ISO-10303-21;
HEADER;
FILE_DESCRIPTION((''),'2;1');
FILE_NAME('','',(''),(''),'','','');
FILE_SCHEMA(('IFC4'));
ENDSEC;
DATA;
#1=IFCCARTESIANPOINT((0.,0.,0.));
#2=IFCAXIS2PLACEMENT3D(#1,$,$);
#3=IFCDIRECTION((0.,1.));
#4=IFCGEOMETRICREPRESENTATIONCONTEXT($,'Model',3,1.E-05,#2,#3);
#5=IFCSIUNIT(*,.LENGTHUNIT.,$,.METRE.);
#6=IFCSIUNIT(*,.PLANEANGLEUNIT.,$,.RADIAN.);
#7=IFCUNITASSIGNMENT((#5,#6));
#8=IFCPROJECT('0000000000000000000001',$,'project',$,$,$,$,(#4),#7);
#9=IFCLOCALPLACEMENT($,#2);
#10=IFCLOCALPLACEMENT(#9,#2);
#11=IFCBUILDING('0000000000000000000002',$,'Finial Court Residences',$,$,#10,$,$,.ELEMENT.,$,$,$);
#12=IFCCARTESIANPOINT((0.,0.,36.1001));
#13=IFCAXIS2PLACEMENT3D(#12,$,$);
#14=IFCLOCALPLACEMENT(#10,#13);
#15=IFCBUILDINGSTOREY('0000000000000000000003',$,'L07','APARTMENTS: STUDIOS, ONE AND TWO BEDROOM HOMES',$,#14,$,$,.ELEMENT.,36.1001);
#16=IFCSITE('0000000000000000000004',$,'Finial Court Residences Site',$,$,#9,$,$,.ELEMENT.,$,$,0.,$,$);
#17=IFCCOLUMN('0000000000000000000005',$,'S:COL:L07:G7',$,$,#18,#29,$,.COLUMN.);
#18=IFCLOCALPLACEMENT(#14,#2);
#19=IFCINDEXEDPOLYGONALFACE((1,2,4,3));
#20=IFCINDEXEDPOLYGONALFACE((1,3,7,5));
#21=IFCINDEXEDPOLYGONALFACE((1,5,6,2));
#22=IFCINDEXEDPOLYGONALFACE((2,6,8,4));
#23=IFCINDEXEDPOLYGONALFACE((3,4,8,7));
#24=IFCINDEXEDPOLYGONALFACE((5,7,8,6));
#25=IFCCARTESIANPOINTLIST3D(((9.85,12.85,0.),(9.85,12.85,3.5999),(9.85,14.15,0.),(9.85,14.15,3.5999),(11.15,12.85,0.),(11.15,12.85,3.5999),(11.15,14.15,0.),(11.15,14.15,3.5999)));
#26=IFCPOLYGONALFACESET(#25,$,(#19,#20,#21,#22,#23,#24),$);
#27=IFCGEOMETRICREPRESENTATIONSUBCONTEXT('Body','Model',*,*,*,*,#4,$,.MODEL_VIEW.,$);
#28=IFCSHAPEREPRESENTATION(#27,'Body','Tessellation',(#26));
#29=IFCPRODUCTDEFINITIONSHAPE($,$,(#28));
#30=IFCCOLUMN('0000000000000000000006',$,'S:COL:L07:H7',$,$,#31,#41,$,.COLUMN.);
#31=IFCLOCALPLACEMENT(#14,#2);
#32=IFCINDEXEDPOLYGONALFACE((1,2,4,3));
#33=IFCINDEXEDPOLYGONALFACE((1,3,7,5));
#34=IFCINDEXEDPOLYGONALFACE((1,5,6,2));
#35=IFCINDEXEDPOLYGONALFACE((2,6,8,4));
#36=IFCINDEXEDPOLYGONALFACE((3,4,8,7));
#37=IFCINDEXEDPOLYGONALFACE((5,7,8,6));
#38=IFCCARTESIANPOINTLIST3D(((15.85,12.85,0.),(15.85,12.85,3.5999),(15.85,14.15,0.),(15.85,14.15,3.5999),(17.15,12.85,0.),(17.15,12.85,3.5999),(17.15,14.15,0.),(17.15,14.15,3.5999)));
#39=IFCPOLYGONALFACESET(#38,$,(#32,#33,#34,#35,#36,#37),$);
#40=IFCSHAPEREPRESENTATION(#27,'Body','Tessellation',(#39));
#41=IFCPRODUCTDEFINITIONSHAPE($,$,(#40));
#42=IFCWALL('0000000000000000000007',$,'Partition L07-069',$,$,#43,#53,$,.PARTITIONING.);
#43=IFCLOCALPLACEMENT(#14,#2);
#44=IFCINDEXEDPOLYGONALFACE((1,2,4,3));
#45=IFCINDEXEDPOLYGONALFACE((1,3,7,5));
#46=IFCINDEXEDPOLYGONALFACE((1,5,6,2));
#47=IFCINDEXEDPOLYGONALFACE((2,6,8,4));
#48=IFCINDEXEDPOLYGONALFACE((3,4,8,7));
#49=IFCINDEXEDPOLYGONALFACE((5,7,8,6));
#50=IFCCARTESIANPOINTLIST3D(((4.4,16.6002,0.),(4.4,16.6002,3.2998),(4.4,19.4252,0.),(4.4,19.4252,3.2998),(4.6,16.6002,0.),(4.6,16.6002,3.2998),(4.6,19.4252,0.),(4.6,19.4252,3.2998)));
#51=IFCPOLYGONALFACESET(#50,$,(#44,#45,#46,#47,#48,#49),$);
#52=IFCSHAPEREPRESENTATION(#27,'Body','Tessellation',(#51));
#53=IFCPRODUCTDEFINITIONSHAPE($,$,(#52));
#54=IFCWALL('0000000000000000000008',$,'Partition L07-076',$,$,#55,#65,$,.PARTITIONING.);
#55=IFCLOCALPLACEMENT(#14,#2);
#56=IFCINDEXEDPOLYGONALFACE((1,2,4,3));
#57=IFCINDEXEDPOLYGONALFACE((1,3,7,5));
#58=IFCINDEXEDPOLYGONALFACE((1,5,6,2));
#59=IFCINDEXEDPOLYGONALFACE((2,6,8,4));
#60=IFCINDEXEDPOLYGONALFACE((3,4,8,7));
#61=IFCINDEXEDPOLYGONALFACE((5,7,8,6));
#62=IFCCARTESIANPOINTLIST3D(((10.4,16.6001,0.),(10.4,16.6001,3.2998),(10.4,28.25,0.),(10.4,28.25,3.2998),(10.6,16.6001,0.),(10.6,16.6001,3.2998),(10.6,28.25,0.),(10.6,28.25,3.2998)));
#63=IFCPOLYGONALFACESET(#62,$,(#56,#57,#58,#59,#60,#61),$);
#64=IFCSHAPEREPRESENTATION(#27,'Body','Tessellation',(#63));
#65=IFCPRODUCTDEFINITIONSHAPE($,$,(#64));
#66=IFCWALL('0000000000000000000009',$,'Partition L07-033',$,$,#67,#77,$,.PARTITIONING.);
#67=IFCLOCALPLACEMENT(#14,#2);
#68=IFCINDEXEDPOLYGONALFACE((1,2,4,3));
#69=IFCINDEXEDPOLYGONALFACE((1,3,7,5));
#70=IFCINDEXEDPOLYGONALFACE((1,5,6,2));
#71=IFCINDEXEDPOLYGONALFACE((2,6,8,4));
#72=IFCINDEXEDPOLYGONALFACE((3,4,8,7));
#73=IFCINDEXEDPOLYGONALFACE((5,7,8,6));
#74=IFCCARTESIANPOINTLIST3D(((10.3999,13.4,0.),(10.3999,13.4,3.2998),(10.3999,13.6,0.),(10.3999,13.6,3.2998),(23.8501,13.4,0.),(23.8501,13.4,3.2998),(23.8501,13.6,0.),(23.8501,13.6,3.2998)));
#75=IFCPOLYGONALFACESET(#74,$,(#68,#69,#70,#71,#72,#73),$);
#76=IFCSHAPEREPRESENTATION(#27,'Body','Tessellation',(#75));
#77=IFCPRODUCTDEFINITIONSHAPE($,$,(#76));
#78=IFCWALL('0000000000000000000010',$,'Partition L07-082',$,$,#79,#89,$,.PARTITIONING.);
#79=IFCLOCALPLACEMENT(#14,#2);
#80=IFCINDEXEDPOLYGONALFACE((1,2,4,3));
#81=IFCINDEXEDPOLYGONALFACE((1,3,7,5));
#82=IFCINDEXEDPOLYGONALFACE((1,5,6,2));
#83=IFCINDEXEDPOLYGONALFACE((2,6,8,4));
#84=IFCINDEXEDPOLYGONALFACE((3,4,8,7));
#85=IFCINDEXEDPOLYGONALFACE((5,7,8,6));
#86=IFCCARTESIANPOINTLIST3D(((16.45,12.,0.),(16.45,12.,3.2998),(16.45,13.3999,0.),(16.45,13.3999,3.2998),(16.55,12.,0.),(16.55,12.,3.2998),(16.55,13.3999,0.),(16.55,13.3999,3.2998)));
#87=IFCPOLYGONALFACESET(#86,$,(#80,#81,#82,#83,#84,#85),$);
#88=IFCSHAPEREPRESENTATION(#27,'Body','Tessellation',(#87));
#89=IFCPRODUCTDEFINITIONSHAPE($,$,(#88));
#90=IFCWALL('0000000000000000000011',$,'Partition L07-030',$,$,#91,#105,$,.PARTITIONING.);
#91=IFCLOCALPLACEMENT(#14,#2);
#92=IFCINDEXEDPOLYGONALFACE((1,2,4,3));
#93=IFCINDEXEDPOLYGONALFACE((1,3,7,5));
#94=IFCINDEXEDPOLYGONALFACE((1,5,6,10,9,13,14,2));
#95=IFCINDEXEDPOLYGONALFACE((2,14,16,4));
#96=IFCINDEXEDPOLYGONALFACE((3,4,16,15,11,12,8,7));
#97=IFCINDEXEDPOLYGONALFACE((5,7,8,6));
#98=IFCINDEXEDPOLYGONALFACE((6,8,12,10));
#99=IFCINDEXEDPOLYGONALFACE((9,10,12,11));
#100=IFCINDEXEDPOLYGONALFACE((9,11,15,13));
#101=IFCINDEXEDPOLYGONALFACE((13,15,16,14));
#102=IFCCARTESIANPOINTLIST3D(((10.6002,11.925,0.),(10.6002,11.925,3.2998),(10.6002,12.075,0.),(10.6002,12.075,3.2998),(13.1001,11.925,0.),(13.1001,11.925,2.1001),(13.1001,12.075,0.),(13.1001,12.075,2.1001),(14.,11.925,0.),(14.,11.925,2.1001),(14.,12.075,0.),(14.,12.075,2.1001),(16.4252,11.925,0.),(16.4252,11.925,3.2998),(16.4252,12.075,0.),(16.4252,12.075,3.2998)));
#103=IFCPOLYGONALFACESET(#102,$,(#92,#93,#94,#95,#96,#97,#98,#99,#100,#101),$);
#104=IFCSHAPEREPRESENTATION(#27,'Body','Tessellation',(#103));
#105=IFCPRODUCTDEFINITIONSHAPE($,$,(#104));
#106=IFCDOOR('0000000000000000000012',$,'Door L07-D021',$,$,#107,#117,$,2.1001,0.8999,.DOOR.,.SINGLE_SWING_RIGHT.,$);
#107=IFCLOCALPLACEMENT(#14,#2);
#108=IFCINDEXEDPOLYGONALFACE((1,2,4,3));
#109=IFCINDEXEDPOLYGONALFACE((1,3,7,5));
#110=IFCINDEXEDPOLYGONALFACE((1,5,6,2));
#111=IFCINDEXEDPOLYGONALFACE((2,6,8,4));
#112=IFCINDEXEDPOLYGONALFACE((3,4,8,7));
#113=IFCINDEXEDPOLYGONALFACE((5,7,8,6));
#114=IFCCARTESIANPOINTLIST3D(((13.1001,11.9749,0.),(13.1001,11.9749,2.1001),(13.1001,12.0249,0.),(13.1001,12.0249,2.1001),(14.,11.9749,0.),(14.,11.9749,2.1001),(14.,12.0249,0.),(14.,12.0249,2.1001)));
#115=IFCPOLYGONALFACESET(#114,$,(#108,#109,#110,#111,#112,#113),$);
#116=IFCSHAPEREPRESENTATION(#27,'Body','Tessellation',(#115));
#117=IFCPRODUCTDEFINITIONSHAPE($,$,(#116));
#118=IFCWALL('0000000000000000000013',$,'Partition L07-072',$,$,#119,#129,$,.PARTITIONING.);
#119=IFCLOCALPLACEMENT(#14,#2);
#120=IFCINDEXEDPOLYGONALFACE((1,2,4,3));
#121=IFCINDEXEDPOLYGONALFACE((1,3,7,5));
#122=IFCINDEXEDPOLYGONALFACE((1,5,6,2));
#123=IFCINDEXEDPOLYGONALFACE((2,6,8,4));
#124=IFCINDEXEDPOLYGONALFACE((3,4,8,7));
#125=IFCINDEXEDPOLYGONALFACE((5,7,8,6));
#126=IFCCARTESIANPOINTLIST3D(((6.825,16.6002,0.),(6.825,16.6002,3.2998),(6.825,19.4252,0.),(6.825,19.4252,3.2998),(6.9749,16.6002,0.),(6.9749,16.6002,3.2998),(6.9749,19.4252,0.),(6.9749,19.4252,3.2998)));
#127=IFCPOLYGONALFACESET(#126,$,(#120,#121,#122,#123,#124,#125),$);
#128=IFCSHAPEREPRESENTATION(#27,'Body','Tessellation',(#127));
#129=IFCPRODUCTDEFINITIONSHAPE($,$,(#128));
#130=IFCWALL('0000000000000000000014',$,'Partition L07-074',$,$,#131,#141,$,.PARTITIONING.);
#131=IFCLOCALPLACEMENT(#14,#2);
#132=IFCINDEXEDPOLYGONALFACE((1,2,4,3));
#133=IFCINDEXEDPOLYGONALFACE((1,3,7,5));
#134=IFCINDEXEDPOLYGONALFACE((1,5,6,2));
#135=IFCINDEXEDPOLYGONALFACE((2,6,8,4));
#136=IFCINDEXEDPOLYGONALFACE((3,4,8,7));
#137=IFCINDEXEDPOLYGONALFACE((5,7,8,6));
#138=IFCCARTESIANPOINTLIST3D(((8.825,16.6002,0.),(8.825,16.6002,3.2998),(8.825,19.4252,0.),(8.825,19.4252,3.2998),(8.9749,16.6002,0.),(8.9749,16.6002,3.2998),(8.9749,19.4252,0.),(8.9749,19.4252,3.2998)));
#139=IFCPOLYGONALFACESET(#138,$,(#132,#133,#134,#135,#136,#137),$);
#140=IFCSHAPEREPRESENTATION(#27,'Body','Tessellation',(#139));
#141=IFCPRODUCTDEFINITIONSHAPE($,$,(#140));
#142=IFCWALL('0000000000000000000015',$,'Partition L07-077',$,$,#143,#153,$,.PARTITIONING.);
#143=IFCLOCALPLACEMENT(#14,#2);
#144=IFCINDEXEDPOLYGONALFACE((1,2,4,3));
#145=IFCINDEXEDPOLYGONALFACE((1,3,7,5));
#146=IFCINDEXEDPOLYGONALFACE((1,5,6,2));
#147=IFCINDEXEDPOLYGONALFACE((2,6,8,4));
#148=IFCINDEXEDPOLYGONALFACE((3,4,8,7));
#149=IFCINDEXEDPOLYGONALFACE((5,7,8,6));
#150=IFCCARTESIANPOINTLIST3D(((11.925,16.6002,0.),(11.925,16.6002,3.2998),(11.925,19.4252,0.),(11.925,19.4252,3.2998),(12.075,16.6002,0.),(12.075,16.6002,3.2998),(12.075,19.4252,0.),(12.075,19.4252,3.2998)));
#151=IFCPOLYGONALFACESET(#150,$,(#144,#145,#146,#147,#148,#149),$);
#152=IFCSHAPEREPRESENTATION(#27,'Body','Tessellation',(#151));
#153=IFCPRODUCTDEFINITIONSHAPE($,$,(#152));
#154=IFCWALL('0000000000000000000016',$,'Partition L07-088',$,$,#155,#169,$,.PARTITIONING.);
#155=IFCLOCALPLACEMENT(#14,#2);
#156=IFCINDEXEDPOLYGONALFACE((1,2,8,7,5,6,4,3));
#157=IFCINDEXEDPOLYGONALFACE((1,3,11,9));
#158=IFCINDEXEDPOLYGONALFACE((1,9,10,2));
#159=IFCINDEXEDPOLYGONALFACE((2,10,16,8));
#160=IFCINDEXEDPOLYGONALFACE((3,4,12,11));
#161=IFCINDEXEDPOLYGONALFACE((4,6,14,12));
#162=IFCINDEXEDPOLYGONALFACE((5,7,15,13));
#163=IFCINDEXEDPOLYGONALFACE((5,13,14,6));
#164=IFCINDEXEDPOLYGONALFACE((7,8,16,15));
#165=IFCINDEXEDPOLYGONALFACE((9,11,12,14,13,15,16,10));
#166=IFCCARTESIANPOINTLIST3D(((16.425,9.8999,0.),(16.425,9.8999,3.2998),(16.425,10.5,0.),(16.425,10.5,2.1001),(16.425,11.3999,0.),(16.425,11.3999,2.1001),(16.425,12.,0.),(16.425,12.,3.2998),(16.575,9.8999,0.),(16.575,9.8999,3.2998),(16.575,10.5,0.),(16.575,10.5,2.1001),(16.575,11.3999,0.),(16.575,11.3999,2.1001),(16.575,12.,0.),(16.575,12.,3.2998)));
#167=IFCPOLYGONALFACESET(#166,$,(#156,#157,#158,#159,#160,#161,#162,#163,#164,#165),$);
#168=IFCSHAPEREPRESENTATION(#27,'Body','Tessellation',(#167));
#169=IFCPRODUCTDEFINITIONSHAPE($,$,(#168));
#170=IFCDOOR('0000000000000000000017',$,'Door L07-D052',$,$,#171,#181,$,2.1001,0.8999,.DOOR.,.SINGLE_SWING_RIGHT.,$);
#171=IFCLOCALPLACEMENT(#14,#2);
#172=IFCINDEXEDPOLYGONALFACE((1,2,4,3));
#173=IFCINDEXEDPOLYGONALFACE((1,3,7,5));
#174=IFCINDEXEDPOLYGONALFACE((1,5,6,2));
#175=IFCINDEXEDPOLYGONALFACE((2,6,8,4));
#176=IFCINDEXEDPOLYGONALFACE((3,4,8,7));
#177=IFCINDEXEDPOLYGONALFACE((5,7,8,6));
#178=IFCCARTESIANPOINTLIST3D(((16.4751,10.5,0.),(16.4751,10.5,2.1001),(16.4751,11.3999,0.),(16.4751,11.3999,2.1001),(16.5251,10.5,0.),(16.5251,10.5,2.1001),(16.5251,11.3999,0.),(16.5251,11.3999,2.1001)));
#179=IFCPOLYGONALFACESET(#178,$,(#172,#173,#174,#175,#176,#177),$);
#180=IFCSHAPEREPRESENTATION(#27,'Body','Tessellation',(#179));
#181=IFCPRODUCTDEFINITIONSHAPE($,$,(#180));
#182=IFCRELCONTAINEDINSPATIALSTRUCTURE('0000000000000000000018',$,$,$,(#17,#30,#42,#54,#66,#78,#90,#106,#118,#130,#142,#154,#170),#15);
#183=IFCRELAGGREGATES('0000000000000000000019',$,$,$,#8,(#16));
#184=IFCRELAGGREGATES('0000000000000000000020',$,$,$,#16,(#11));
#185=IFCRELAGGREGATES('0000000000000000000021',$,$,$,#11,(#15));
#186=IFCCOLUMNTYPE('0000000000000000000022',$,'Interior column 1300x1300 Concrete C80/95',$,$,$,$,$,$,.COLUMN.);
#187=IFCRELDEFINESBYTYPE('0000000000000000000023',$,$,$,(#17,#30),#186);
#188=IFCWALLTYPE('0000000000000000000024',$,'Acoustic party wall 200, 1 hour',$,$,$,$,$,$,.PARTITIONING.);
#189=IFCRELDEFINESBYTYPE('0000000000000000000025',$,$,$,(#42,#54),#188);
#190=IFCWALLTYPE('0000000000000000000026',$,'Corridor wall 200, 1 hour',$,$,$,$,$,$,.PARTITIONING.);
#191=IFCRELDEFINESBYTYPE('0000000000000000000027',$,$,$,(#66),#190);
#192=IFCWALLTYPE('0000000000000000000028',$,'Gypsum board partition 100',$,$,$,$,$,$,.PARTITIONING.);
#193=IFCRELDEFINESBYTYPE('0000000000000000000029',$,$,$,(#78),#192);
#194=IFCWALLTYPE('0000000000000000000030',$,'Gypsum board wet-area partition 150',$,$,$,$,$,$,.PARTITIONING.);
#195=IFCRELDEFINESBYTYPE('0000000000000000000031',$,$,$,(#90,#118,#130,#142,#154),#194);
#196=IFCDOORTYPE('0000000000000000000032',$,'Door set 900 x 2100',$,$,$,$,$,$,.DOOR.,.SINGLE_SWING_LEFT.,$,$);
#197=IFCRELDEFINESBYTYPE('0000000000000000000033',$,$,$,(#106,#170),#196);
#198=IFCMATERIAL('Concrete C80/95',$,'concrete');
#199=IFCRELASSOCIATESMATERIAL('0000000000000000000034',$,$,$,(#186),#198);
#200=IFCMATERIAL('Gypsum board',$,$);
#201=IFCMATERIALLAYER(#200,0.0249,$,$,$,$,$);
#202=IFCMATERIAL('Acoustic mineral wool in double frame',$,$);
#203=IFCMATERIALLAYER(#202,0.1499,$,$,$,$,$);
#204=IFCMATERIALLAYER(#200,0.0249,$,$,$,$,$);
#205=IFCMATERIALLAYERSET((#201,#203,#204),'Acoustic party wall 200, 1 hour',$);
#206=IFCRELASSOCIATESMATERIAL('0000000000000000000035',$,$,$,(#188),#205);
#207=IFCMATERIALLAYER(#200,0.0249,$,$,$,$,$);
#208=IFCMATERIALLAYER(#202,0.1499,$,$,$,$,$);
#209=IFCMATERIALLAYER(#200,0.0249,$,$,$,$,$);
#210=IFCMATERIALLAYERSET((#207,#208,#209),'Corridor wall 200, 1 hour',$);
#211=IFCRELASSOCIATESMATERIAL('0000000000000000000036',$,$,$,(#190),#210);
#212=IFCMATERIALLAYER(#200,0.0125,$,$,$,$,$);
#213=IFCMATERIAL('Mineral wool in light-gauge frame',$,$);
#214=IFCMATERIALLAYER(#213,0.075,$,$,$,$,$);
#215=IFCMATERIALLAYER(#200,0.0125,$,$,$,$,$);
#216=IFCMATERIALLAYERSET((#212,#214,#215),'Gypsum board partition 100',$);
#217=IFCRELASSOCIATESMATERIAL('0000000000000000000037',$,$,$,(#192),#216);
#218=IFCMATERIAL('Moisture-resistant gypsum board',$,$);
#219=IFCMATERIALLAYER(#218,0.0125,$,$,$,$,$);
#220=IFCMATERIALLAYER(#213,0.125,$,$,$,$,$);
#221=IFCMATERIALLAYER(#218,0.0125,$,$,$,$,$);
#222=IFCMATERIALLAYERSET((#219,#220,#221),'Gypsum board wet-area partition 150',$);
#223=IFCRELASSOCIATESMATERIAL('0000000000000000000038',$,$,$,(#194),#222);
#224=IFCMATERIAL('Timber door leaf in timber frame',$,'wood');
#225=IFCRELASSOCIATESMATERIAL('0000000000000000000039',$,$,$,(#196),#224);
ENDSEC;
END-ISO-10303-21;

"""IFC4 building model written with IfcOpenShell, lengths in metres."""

from ifc_helpers import new_model, si_unit, direction, frame, frame_2d, origin, origin_2d, place, context, subcontext, project, spatial, rectangle, extrude, material, layer, layer_set, material_profile, profile_set, type_object, element, fill, save


model = new_model("IFC4")

# Units and contexts
model_context = context("Model", 3, precision=1e-05, world=origin(), true_north=direction((0.0, 1.0)))
body_context = subcontext(model_context, "Body", "Model", "MODEL_VIEW")
ifc_project = project(units=[si_unit("LENGTHUNIT", "METRE"), si_unit("PLANEANGLEUNIT", "RADIAN")], contexts=[model_context])

# Site, building, storey
site_placement = place(None, origin())
site = spatial("IfcSite", under=ifc_project, at=site_placement, Name="Finial Court Residences Site", CompositionType="ELEMENT", RefElevation=0.0)
building_placement = place(site_placement, origin())
building = spatial("IfcBuilding", under=site, at=building_placement, Name="Finial Court Residences", CompositionType="ELEMENT")
storey_placement = place(building_placement, frame((0.0, 0.0, 36.1001)))
storey = spatial("IfcBuildingStorey", under=building, at=storey_placement, Name="L07", Description="APARTMENTS: STUDIOS, ONE AND TWO BEDROOM HOMES", CompositionType="ELEMENT", Elevation=36.1001)

# Columns
ifc_material_1 = material(Name="Concrete C80/95", Category="concrete")
ifc_material_profile = material_profile(ifc_material_1, rectangle(XDim=1.3, YDim=1.3, at=origin_2d()), Name="1300x1300")
ifc_profile_set = profile_set([ifc_material_profile], Name="Concrete C80/95")
column_type = type_object("IfcColumnType", Name="Interior column 1300x1300 Concrete C80/95", PredefinedType="COLUMN", material=ifc_profile_set)
for number, where, z_axis, x_axis, name in (
    (1, (10.5, 13.5, 0.0), (0.0, 0.0, 1.0), (1.0, 0.0, 0.0), "S:COL:L07:G7"),
    (2, (16.5, 13.5, 0.0), (0.0, 0.0, 1.0), (1.0, 0.0, 0.0), "S:COL:L07:H7"),
):
    element("IfcColumn", number, at=place(storey_placement, frame(where, z_axis=z_axis, x_axis=x_axis)), inside=storey, type_object=column_type, Name=name, PredefinedType="COLUMN", context=body_context, shape_type="SweptSolid", body=[
        extrude(rectangle(XDim=1.3, YDim=1.3, at=origin_2d()), origin(), (0.0, 0.0, 1.0), 3.5999),
    ])

# Walls
ifc_material_2 = material(Name="Gypsum board")
ifc_layer_1 = layer(ifc_material_2, 0.0249)
ifc_material_3 = material(Name="Acoustic mineral wool in double frame")
ifc_layer_2 = layer(ifc_material_3, 0.1499)
ifc_layer_3 = layer(ifc_material_2, 0.0249)
ifc_layer_set_1 = layer_set([ifc_layer_1, ifc_layer_2, ifc_layer_3], Name="Acoustic party wall 200, 1 hour")
wall_type_1 = type_object("IfcWallType", Name="Acoustic party wall 200, 1 hour", PredefinedType="PARTITIONING", material=ifc_layer_set_1)
wall_1_placement = place(storey_placement, frame((4.5, 16.6001, 0.0), z_axis=(0.0, 0.0, 1.0), x_axis=(0.0, 1.0, 0.0)))
element("IfcWall", 3, at=wall_1_placement, inside=storey, type_object=wall_type_1, Name="Partition L07-069", PredefinedType="PARTITIONING", context=body_context, shape_type="SweptSolid", body=[
    extrude(rectangle(XDim=2.825, YDim=0.2, at=frame_2d((1.4126, 0.0))), origin(), (0.0, 0.0, 1.0), 3.2998),
])
wall_2_placement = place(storey_placement, frame((10.5, 16.6001, 0.0), z_axis=(0.0, 0.0, 1.0), x_axis=(0.0, 1.0, 0.0)))
element("IfcWall", 4, at=wall_2_placement, inside=storey, type_object=wall_type_1, Name="Partition L07-076", PredefinedType="PARTITIONING", context=body_context, shape_type="SweptSolid", body=[
    extrude(rectangle(XDim=11.6499, YDim=0.2, at=frame_2d((5.825, 0.0))), origin(), (0.0, 0.0, 1.0), 3.2998),
])
ifc_layer_4 = layer(ifc_material_2, 0.0249)
ifc_layer_5 = layer(ifc_material_3, 0.1499)
ifc_layer_6 = layer(ifc_material_2, 0.0249)
ifc_layer_set_2 = layer_set([ifc_layer_4, ifc_layer_5, ifc_layer_6], Name="Corridor wall 200, 1 hour")
wall_type_2 = type_object("IfcWallType", Name="Corridor wall 200, 1 hour", PredefinedType="PARTITIONING", material=ifc_layer_set_2)
wall_3_placement = place(storey_placement, frame((10.3999, 13.5, 0.0), z_axis=(0.0, 0.0, 1.0), x_axis=(1.0, 0.0, 0.0)))
element("IfcWall", 5, at=wall_3_placement, inside=storey, type_object=wall_type_2, Name="Partition L07-033", PredefinedType="PARTITIONING", context=body_context, shape_type="SweptSolid", body=[
    extrude(rectangle(XDim=13.4502, YDim=0.2, at=frame_2d((6.7251, 0.0))), origin(), (0.0, 0.0, 1.0), 3.2998),
])
ifc_layer_7 = layer(ifc_material_2, 0.0125)
ifc_material_4 = material(Name="Mineral wool in light-gauge frame")
ifc_layer_8 = layer(ifc_material_4, 0.075)
ifc_layer_9 = layer(ifc_material_2, 0.0125)
ifc_layer_set_3 = layer_set([ifc_layer_7, ifc_layer_8, ifc_layer_9], Name="Gypsum board partition 100")
wall_type_3 = type_object("IfcWallType", Name="Gypsum board partition 100", PredefinedType="PARTITIONING", material=ifc_layer_set_3)
wall_4_placement = place(storey_placement, frame((16.5, 12.0, 0.0), z_axis=(0.0, 0.0, 1.0), x_axis=(0.0, 1.0, 0.0)))
element("IfcWall", 6, at=wall_4_placement, inside=storey, type_object=wall_type_3, Name="Partition L07-082", PredefinedType="PARTITIONING", context=body_context, shape_type="SweptSolid", body=[
    extrude(rectangle(XDim=1.3999, YDim=0.1001, at=frame_2d((0.7, 0.0))), origin(), (0.0, 0.0, 1.0), 3.2998),
])

# Wall, opening, door
ifc_material_5 = material(Name="Moisture-resistant gypsum board")
ifc_layer_10 = layer(ifc_material_5, 0.0125)
ifc_layer_11 = layer(ifc_material_4, 0.125)
ifc_layer_12 = layer(ifc_material_5, 0.0125)
ifc_layer_set_4 = layer_set([ifc_layer_10, ifc_layer_11, ifc_layer_12], Name="Gypsum board wet-area partition 150")
wall_type_4 = type_object("IfcWallType", Name="Gypsum board wet-area partition 150", PredefinedType="PARTITIONING", material=ifc_layer_set_4)
wall_5_placement = place(storey_placement, frame((10.6001, 12.0, 0.0), z_axis=(0.0, 0.0, 1.0), x_axis=(1.0, 0.0, 0.0)))
wall_5 = element("IfcWall", 7, at=wall_5_placement, inside=storey, type_object=wall_type_4, Name="Partition L07-030", PredefinedType="PARTITIONING", context=body_context, shape_type="SweptSolid", body=[
    extrude(rectangle(XDim=5.825, YDim=0.1499, at=frame_2d((2.9126, 0.0))), origin(), (0.0, 0.0, 1.0), 3.2998),
])
opening_1_placement = place(wall_5_placement, frame((2.5, 0.0, 0.0)))
opening_1 = element("IfcOpeningElement", 8, at=opening_1_placement, cuts=wall_5, PredefinedType="OPENING", context=body_context, shape_type="SweptSolid", body=[
    extrude(rectangle(XDim=0.8999, YDim=2.1001, at=frame_2d((0.45, 1.05))), frame((0.0, 0.085, 0.0), z_axis=(0.0, -1.0, 0.0), x_axis=(1.0, 0.0, 0.0)), (0.0, 0.0, 1.0), 0.1699),
])
ifc_material_6 = material(Name="Timber door leaf in timber frame", Category="wood")
door_type = type_object("IfcDoorType", Name="Door set 900 x 2100", OperationType="SINGLE_SWING_LEFT", PredefinedType="DOOR", material=ifc_material_6)
door_1_placement = place(opening_1_placement, origin())
door_1 = element("IfcDoor", 9, at=door_1_placement, inside=storey, type_object=door_type, Name="Door L07-D021", OperationType="SINGLE_SWING_RIGHT", OverallHeight=2.1001, OverallWidth=0.8999, PredefinedType="DOOR", context=body_context, shape_type="SweptSolid", body=[
    extrude(rectangle(XDim=0.8999, YDim=2.1001, at=frame_2d((0.45, 1.05))), frame((0.0, 0.0249, 0.0), z_axis=(0.0, -1.0, 0.0), x_axis=(1.0, 0.0, 0.0)), (0.0, 0.0, 1.0), 0.05),
])
fill(opening_1, door_1)

# Walls
for number, where, z_axis, x_axis, name in (
    (10, (6.8999, 16.6001, 0.0), (0.0, 0.0, 1.0), (0.0, 1.0, 0.0), "Partition L07-072"),
    (11, (8.8999, 16.6001, 0.0), (0.0, 0.0, 1.0), (0.0, 1.0, 0.0), "Partition L07-074"),
    (12, (12.0, 16.6001, 0.0), (0.0, 0.0, 1.0), (0.0, 1.0, 0.0), "Partition L07-077"),
):
    element("IfcWall", number, at=place(storey_placement, frame(where, z_axis=z_axis, x_axis=x_axis)), inside=storey, type_object=wall_type_4, Name=name, PredefinedType="PARTITIONING", context=body_context, shape_type="SweptSolid", body=[
        extrude(rectangle(XDim=2.825, YDim=0.1499, at=frame_2d((1.4126, 0.0))), origin(), (0.0, 0.0, 1.0), 3.2998),
    ])

# Wall, opening, door
wall_6_placement = place(storey_placement, frame((16.5, 9.8999, 0.0), z_axis=(0.0, 0.0, 1.0), x_axis=(0.0, 1.0, 0.0)))
wall_6 = element("IfcWall", 13, at=wall_6_placement, inside=storey, type_object=wall_type_4, Name="Partition L07-088", PredefinedType="PARTITIONING", context=body_context, shape_type="SweptSolid", body=[
    extrude(rectangle(XDim=2.1001, YDim=0.1499, at=frame_2d((1.05, 0.0))), origin(), (0.0, 0.0, 1.0), 3.2998),
])
opening_2_placement = place(wall_6_placement, frame((0.6001, 0.0, 0.0)))
opening_2 = element("IfcOpeningElement", 14, at=opening_2_placement, cuts=wall_6, PredefinedType="OPENING", context=body_context, shape_type="SweptSolid", body=[
    extrude(rectangle(XDim=0.8999, YDim=2.1001, at=frame_2d((0.45, 1.05))), frame((0.0, 0.085, 0.0), z_axis=(0.0, -1.0, 0.0), x_axis=(1.0, 0.0, 0.0)), (0.0, 0.0, 1.0), 0.1699),
])
door_2_placement = place(opening_2_placement, origin())
door_2 = element("IfcDoor", 15, at=door_2_placement, inside=storey, type_object=door_type, Name="Door L07-D052", OperationType="SINGLE_SWING_RIGHT", OverallHeight=2.1001, OverallWidth=0.8999, PredefinedType="DOOR", context=body_context, shape_type="SweptSolid", body=[
    extrude(rectangle(XDim=0.8999, YDim=2.1001, at=frame_2d((0.45, 1.05))), frame((0.0, 0.0249, 0.0), z_axis=(0.0, -1.0, 0.0), x_axis=(1.0, 0.0, 0.0)), (0.0, 0.0, 1.0), 0.05),
])
fill(opening_2, door_2)

save(model, "model.ifc")
